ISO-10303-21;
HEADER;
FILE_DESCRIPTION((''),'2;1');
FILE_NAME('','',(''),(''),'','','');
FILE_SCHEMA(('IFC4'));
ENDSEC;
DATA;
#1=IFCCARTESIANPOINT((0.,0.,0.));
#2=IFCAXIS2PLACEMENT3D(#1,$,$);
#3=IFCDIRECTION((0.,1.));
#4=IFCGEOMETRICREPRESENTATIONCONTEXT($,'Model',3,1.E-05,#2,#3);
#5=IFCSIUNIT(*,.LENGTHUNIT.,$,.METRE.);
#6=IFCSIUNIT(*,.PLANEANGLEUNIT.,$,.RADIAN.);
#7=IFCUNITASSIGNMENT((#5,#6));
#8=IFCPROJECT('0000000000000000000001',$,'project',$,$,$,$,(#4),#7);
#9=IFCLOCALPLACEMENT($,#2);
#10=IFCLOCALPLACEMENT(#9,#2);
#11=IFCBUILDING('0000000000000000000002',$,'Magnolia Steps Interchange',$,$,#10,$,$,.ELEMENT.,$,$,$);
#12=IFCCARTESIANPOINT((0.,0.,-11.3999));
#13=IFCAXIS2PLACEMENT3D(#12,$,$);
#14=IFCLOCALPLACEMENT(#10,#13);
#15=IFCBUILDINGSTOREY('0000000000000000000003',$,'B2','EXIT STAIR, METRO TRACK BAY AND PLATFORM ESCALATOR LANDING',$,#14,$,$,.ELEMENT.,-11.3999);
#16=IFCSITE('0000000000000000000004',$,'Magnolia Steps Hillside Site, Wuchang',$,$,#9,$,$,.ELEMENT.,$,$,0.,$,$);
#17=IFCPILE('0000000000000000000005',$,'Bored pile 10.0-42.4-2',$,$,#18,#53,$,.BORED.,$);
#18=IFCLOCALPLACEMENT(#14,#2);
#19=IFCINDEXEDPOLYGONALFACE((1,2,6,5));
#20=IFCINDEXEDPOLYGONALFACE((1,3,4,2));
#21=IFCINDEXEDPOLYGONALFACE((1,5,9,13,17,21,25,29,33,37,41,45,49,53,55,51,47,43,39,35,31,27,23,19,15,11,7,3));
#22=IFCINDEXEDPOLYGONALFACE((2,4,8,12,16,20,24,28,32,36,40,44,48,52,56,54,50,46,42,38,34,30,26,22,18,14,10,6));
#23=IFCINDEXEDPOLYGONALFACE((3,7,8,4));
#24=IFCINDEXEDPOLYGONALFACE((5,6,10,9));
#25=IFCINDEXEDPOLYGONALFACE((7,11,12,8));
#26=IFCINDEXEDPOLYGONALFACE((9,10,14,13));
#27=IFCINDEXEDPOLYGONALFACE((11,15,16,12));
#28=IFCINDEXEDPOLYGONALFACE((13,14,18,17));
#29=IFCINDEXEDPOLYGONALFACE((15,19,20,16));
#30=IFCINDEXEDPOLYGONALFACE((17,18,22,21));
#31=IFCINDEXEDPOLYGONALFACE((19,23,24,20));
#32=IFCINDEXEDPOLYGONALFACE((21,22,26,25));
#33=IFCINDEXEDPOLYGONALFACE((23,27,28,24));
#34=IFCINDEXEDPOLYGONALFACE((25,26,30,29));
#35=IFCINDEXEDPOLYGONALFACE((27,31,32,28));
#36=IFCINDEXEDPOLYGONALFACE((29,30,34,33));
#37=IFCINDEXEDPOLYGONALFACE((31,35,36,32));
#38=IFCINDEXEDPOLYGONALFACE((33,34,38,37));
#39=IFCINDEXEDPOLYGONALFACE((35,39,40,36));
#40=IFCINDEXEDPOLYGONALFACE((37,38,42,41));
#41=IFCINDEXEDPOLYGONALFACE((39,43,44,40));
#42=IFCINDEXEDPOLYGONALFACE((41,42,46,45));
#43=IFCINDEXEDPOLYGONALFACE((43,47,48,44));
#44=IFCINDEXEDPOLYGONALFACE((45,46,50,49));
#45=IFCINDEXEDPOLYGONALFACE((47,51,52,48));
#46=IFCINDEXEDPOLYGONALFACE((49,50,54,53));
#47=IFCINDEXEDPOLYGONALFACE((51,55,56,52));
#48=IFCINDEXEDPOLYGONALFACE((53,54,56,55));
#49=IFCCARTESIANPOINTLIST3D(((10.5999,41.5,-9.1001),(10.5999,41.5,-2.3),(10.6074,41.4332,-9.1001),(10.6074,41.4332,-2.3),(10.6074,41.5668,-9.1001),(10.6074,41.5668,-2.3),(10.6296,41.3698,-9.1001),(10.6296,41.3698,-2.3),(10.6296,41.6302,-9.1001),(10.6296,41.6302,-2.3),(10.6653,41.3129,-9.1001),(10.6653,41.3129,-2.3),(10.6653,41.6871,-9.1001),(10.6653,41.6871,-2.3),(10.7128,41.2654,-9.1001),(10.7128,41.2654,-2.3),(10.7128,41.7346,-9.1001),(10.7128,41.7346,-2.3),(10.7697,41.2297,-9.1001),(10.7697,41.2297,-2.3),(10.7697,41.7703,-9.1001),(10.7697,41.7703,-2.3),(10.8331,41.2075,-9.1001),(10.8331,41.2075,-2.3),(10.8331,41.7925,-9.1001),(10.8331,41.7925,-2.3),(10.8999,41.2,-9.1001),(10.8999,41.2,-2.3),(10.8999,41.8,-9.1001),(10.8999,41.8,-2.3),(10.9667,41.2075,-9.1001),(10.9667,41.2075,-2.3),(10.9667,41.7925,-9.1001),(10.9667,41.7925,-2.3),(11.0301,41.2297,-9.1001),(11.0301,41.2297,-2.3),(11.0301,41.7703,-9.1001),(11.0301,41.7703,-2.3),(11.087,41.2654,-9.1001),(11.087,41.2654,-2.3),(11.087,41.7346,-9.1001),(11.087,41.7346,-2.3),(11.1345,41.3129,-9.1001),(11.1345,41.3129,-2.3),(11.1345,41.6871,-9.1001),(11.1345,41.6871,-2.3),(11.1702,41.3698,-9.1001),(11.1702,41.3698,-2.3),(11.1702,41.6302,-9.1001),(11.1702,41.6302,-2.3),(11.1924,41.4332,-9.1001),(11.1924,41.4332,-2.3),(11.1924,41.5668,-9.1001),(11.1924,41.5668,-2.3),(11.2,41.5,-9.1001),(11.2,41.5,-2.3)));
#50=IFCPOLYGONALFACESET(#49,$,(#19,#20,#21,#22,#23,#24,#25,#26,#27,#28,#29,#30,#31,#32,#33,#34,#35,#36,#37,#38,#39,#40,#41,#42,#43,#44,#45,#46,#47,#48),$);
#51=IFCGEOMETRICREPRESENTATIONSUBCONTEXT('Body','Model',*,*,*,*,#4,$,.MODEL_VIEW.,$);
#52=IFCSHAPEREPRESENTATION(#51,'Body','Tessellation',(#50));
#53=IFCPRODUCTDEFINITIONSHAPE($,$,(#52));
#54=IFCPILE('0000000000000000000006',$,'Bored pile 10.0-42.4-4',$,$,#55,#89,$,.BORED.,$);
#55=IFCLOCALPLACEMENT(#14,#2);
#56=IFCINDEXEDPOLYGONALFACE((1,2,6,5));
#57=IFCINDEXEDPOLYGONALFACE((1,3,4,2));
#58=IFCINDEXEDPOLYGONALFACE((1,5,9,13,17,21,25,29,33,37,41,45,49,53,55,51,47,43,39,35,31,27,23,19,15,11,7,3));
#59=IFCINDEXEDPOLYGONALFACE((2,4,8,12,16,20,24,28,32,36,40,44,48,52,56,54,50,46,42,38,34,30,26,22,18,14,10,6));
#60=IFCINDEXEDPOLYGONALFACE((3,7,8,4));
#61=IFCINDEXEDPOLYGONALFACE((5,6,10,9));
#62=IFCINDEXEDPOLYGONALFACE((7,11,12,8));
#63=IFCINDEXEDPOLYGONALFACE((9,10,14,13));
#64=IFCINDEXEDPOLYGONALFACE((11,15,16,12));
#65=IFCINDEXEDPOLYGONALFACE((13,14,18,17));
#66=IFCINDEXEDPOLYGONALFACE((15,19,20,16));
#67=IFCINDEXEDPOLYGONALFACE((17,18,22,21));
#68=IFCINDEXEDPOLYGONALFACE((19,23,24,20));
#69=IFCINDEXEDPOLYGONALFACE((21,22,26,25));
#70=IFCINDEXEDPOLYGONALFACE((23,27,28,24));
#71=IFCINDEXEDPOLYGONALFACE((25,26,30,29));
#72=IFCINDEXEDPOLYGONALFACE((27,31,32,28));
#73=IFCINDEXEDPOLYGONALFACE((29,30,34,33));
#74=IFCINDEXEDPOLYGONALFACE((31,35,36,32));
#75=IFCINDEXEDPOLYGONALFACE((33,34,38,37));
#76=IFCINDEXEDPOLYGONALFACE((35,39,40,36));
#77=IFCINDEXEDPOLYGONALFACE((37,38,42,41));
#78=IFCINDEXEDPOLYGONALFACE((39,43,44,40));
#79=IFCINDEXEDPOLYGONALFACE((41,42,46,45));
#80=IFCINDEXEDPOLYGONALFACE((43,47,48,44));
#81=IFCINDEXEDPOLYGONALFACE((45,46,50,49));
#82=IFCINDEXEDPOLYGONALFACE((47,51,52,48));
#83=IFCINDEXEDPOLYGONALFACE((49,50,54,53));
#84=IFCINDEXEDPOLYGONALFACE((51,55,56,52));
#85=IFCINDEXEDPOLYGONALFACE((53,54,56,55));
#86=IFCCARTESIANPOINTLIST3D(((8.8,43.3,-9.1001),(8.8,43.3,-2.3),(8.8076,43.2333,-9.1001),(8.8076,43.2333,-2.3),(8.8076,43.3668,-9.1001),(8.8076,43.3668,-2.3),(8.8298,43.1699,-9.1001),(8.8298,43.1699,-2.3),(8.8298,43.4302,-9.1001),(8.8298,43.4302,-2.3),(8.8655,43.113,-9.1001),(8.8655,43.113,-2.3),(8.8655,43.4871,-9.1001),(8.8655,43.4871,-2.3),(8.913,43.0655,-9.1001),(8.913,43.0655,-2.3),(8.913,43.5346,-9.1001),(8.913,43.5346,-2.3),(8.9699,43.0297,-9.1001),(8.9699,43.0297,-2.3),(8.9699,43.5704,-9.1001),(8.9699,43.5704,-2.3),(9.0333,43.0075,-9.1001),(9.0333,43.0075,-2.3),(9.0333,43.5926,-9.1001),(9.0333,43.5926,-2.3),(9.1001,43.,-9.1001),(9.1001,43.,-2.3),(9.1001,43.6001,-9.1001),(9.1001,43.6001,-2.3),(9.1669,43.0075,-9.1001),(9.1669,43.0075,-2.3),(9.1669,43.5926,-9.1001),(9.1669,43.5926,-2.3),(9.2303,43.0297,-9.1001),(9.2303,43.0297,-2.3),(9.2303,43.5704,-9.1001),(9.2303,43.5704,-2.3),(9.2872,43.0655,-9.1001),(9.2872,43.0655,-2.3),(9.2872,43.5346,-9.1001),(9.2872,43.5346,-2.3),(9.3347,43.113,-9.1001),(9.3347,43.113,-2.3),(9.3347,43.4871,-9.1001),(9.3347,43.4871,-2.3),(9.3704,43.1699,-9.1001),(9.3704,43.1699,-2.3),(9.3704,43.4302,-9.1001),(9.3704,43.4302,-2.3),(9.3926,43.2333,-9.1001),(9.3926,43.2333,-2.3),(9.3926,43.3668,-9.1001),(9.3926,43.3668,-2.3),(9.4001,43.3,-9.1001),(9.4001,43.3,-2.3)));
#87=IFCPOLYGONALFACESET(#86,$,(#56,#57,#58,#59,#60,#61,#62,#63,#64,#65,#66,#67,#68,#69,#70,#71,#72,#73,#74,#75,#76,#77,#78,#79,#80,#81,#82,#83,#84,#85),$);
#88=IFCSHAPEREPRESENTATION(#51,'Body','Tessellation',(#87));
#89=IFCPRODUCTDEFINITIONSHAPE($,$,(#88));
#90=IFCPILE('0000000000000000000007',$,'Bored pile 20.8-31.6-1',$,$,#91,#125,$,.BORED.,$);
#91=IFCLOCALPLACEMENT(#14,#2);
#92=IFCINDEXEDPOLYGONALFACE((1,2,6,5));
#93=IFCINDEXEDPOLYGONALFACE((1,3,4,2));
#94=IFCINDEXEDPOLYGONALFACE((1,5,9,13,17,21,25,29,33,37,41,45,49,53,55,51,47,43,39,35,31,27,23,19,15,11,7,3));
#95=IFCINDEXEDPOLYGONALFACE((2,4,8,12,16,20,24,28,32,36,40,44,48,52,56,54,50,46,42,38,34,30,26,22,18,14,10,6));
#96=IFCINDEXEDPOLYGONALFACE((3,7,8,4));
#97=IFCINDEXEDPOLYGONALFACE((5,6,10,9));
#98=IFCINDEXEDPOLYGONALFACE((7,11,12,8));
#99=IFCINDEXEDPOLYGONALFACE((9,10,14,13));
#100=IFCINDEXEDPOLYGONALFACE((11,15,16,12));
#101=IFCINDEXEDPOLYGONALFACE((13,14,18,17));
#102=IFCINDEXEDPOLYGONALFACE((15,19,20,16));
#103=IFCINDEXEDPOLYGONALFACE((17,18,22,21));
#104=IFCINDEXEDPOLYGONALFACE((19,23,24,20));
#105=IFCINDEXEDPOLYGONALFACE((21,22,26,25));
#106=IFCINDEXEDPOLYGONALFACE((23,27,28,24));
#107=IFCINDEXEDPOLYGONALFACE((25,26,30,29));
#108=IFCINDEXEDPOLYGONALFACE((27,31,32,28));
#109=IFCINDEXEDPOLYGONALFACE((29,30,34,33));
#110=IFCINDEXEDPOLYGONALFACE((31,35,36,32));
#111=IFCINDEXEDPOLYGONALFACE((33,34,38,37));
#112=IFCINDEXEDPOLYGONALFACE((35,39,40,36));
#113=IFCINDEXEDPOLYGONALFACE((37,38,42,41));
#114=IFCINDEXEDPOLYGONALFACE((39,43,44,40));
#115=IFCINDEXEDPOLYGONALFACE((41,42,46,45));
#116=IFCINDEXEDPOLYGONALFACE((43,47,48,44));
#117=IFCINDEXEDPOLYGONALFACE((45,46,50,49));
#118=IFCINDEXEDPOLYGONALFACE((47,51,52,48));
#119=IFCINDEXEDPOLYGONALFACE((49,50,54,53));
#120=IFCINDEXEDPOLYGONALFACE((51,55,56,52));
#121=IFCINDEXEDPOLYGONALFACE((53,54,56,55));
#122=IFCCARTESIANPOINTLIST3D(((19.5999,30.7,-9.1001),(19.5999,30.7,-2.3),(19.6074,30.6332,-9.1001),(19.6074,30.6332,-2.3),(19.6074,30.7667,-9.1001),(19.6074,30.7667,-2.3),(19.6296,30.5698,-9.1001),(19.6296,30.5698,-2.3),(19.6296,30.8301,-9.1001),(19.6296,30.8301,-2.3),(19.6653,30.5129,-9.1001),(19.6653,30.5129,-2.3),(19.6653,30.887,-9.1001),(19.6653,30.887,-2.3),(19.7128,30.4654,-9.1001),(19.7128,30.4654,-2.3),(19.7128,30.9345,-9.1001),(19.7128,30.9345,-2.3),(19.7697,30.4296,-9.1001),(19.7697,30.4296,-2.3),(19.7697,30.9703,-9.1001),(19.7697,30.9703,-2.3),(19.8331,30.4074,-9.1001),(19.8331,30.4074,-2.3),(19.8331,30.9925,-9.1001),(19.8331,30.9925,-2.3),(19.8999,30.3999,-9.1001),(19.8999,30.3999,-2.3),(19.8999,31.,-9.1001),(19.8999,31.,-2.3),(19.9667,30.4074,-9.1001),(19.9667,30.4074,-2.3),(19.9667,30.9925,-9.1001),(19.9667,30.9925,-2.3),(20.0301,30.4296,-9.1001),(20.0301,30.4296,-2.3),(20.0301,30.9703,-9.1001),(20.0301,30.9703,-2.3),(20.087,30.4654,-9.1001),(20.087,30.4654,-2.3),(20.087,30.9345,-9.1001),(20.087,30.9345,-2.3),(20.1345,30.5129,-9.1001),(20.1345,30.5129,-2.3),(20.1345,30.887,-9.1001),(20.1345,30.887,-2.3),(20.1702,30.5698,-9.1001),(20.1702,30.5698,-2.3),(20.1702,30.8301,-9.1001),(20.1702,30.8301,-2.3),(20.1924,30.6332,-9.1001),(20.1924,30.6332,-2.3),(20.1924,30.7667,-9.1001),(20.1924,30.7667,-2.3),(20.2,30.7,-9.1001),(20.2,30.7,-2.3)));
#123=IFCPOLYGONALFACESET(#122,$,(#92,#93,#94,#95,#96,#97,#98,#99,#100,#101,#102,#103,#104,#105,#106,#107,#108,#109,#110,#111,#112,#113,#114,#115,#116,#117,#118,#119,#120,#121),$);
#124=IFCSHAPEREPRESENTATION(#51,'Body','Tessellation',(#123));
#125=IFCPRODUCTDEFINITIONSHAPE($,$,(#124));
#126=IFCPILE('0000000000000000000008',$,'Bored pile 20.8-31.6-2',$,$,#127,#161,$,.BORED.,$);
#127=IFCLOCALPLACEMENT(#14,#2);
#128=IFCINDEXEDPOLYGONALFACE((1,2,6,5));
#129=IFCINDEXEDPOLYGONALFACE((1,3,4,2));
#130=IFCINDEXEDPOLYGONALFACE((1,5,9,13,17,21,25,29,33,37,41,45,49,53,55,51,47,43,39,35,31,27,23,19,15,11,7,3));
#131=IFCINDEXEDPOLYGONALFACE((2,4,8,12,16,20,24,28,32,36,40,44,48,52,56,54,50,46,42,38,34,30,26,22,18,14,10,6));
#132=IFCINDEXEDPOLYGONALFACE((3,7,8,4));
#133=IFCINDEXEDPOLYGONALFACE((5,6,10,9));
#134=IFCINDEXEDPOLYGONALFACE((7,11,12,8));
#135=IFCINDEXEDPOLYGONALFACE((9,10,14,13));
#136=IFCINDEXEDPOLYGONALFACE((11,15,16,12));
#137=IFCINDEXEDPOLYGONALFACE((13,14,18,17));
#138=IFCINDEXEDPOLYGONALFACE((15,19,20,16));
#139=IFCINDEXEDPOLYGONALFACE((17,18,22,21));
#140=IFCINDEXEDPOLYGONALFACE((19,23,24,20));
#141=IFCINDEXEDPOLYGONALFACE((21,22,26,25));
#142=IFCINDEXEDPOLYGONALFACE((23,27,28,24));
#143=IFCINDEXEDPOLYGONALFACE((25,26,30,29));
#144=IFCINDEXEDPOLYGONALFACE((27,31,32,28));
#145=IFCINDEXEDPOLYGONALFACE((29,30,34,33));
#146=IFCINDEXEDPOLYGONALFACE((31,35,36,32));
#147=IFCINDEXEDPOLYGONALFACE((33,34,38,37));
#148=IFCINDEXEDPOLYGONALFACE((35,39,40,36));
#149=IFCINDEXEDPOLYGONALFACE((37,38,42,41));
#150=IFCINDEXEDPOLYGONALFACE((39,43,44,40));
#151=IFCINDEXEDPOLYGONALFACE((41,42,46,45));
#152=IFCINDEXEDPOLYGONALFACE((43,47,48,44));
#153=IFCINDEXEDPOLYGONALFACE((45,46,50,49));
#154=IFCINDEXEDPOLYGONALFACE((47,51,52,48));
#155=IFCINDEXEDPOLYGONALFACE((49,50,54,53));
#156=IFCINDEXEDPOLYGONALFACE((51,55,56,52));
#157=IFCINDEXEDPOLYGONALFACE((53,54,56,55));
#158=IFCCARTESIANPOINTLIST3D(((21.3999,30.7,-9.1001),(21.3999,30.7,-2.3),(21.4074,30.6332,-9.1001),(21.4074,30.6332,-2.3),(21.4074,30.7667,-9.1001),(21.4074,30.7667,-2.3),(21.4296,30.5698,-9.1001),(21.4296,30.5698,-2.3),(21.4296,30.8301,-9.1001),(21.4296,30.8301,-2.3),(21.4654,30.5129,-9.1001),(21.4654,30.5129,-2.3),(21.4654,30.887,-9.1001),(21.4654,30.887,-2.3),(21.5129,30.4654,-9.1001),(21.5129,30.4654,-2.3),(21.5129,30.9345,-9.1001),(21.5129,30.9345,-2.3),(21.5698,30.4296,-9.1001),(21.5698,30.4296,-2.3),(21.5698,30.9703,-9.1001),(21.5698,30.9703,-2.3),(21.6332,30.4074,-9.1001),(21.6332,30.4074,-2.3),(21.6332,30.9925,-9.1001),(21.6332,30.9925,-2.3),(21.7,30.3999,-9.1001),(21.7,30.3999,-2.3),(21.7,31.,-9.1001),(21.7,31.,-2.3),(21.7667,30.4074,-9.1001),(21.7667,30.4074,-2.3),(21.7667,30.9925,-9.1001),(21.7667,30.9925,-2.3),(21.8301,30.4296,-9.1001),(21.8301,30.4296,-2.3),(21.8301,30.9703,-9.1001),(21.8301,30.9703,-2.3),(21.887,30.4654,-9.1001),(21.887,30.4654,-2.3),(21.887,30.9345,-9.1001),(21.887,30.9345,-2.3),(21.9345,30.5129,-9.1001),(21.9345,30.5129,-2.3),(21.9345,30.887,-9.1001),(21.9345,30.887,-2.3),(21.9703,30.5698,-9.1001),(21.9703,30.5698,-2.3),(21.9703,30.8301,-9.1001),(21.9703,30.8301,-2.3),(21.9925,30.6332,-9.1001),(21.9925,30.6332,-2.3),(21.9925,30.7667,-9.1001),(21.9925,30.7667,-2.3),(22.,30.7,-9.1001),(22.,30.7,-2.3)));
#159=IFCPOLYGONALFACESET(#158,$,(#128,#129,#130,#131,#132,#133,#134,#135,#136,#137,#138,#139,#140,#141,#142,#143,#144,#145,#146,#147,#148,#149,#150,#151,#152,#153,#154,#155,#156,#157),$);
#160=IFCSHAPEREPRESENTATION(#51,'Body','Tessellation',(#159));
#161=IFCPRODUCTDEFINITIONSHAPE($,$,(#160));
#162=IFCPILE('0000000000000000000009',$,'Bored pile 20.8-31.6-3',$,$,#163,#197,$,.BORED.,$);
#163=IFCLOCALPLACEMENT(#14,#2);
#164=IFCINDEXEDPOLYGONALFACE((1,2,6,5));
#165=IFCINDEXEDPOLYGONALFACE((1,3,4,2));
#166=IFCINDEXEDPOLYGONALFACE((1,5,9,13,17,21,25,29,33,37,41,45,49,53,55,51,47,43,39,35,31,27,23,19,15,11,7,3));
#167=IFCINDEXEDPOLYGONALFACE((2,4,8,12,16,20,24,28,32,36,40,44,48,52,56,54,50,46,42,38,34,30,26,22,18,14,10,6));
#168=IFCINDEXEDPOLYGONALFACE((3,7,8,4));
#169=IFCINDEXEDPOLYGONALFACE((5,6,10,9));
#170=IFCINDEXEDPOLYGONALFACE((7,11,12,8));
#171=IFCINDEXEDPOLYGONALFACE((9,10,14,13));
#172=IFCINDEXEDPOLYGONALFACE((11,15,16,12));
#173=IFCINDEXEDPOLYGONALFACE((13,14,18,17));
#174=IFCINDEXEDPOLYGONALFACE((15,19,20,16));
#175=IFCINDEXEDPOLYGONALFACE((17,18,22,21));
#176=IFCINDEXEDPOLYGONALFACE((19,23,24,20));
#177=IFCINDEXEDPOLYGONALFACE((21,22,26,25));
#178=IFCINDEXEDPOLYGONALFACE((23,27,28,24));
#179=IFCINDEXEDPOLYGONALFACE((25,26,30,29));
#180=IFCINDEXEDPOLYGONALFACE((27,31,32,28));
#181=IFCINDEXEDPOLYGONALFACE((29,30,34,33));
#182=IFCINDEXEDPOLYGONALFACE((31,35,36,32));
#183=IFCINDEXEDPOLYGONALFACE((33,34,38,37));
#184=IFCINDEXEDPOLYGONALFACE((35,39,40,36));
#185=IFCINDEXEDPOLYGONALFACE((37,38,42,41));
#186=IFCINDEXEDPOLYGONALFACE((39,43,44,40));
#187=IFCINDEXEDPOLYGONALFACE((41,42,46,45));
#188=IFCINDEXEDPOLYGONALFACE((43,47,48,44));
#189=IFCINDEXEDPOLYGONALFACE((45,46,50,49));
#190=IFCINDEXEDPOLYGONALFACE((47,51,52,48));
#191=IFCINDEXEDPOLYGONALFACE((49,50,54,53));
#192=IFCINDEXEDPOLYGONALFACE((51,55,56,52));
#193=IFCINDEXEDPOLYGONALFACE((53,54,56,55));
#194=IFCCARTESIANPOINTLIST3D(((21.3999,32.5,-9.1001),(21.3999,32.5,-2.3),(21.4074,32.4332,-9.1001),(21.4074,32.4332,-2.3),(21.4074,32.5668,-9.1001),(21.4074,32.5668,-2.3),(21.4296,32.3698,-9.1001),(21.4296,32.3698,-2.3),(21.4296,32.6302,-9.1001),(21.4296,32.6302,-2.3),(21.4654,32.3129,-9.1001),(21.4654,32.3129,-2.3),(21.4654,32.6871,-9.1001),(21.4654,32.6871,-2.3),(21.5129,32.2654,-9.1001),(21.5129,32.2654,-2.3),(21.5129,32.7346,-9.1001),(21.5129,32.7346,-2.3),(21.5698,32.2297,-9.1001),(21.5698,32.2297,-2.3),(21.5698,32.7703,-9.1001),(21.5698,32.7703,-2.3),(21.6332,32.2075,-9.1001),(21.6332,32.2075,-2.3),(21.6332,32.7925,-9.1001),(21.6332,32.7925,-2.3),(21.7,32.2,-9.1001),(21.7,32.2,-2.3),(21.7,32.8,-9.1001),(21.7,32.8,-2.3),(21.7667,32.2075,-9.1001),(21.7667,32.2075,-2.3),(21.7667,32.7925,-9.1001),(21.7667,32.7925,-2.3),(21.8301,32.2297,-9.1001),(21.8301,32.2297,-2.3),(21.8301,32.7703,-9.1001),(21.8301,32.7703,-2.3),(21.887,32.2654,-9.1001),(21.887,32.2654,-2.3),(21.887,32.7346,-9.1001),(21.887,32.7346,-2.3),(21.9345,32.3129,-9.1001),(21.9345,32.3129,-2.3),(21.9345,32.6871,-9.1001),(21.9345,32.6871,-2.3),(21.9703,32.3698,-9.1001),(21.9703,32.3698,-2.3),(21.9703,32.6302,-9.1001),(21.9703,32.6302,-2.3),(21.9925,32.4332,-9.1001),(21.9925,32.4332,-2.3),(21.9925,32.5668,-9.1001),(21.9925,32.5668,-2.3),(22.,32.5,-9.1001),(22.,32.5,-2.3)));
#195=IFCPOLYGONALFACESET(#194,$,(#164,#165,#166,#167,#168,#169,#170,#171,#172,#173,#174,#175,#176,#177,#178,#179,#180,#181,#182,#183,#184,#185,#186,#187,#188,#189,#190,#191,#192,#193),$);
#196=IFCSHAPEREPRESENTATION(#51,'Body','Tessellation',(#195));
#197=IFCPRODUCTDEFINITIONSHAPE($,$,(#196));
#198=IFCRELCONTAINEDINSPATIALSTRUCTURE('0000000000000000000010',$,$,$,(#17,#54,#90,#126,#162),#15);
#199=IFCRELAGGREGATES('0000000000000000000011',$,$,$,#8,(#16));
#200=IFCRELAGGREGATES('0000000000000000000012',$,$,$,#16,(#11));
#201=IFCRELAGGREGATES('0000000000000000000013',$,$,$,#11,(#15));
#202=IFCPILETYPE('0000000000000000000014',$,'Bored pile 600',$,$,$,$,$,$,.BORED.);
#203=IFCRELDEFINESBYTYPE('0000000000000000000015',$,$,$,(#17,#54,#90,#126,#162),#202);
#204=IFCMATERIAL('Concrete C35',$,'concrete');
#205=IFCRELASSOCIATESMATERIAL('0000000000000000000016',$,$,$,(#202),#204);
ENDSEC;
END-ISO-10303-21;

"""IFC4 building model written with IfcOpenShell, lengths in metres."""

from ifc_helpers import new_model, si_unit, direction, frame, origin, origin_2d, place, context, subcontext, project, spatial, circle, extrude, material, material_profile, profile_set, type_object, element, save


model = new_model("IFC4")

# Units and contexts
model_context = context("Model", 3, precision=1e-05, world=origin(), true_north=direction((0.0, 1.0)))
body_context = subcontext(model_context, "Body", "Model", "MODEL_VIEW")
ifc_project = project(units=[si_unit("LENGTHUNIT", "METRE"), si_unit("PLANEANGLEUNIT", "RADIAN")], contexts=[model_context])

# Site, building, storey
site_placement = place(None, origin())
site = spatial("IfcSite", under=ifc_project, at=site_placement, Name="Magnolia Steps Hillside Site, Wuchang", CompositionType="ELEMENT", RefElevation=0.0)
building_placement = place(site_placement, origin())
building = spatial("IfcBuilding", under=site, at=building_placement, Name="Magnolia Steps Interchange", CompositionType="ELEMENT")
storey_placement = place(building_placement, frame((0.0, 0.0, -11.3999)))
storey = spatial("IfcBuildingStorey", under=building, at=storey_placement, Name="B2", Description="EXIT STAIR, METRO TRACK BAY AND PLATFORM ESCALATOR LANDING", CompositionType="ELEMENT", Elevation=-11.3999)

# Piles
ifc_material_1 = material(Name="Concrete C35", Category="concrete")
ifc_material_profile_1 = material_profile(ifc_material_1, circle(Radius=0.3, at=origin_2d()), Name="Bored pile 600")
ifc_profile_set_1 = profile_set([ifc_material_profile_1], Name="Concrete C35")
pile_type_1 = type_object("IfcPileType", Name="Bored pile 600", PredefinedType="BORED", material=ifc_profile_set_1)
for number, where, z_axis, x_axis, name in (
    (1, (10.8999, 41.5, -2.3), (0.0, 0.0, -1.0), (1.0, 0.0, 0.0), "Bored pile 10.0-42.4-2"),
    (2, (9.1001, 43.3, -2.3), (0.0, 0.0, -1.0), (1.0, 0.0, 0.0), "Bored pile 10.0-42.4-4"),
    (3, (19.8999, 30.7, -2.3), (0.0, 0.0, -1.0), (1.0, 0.0, 0.0), "Bored pile 20.8-31.6-1"),
    (4, (21.7, 30.7, -2.3), (0.0, 0.0, -1.0), (1.0, 0.0, 0.0), "Bored pile 20.8-31.6-2"),
    (5, (21.7, 32.5, -2.3), (0.0, 0.0, -1.0), (1.0, 0.0, 0.0), "Bored pile 20.8-31.6-3"),
):
    element("IfcPile", number, at=place(storey_placement, frame(where, z_axis=z_axis, x_axis=x_axis)), inside=storey, type_object=pile_type_1, Name=name, PredefinedType="BORED", context=body_context, shape_type="SweptSolid", body=[
        extrude(circle(Radius=0.3, at=origin_2d()), origin(), (0.0, 0.0, 1.0), 6.8),
    ])

save(model, "model.ifc")
